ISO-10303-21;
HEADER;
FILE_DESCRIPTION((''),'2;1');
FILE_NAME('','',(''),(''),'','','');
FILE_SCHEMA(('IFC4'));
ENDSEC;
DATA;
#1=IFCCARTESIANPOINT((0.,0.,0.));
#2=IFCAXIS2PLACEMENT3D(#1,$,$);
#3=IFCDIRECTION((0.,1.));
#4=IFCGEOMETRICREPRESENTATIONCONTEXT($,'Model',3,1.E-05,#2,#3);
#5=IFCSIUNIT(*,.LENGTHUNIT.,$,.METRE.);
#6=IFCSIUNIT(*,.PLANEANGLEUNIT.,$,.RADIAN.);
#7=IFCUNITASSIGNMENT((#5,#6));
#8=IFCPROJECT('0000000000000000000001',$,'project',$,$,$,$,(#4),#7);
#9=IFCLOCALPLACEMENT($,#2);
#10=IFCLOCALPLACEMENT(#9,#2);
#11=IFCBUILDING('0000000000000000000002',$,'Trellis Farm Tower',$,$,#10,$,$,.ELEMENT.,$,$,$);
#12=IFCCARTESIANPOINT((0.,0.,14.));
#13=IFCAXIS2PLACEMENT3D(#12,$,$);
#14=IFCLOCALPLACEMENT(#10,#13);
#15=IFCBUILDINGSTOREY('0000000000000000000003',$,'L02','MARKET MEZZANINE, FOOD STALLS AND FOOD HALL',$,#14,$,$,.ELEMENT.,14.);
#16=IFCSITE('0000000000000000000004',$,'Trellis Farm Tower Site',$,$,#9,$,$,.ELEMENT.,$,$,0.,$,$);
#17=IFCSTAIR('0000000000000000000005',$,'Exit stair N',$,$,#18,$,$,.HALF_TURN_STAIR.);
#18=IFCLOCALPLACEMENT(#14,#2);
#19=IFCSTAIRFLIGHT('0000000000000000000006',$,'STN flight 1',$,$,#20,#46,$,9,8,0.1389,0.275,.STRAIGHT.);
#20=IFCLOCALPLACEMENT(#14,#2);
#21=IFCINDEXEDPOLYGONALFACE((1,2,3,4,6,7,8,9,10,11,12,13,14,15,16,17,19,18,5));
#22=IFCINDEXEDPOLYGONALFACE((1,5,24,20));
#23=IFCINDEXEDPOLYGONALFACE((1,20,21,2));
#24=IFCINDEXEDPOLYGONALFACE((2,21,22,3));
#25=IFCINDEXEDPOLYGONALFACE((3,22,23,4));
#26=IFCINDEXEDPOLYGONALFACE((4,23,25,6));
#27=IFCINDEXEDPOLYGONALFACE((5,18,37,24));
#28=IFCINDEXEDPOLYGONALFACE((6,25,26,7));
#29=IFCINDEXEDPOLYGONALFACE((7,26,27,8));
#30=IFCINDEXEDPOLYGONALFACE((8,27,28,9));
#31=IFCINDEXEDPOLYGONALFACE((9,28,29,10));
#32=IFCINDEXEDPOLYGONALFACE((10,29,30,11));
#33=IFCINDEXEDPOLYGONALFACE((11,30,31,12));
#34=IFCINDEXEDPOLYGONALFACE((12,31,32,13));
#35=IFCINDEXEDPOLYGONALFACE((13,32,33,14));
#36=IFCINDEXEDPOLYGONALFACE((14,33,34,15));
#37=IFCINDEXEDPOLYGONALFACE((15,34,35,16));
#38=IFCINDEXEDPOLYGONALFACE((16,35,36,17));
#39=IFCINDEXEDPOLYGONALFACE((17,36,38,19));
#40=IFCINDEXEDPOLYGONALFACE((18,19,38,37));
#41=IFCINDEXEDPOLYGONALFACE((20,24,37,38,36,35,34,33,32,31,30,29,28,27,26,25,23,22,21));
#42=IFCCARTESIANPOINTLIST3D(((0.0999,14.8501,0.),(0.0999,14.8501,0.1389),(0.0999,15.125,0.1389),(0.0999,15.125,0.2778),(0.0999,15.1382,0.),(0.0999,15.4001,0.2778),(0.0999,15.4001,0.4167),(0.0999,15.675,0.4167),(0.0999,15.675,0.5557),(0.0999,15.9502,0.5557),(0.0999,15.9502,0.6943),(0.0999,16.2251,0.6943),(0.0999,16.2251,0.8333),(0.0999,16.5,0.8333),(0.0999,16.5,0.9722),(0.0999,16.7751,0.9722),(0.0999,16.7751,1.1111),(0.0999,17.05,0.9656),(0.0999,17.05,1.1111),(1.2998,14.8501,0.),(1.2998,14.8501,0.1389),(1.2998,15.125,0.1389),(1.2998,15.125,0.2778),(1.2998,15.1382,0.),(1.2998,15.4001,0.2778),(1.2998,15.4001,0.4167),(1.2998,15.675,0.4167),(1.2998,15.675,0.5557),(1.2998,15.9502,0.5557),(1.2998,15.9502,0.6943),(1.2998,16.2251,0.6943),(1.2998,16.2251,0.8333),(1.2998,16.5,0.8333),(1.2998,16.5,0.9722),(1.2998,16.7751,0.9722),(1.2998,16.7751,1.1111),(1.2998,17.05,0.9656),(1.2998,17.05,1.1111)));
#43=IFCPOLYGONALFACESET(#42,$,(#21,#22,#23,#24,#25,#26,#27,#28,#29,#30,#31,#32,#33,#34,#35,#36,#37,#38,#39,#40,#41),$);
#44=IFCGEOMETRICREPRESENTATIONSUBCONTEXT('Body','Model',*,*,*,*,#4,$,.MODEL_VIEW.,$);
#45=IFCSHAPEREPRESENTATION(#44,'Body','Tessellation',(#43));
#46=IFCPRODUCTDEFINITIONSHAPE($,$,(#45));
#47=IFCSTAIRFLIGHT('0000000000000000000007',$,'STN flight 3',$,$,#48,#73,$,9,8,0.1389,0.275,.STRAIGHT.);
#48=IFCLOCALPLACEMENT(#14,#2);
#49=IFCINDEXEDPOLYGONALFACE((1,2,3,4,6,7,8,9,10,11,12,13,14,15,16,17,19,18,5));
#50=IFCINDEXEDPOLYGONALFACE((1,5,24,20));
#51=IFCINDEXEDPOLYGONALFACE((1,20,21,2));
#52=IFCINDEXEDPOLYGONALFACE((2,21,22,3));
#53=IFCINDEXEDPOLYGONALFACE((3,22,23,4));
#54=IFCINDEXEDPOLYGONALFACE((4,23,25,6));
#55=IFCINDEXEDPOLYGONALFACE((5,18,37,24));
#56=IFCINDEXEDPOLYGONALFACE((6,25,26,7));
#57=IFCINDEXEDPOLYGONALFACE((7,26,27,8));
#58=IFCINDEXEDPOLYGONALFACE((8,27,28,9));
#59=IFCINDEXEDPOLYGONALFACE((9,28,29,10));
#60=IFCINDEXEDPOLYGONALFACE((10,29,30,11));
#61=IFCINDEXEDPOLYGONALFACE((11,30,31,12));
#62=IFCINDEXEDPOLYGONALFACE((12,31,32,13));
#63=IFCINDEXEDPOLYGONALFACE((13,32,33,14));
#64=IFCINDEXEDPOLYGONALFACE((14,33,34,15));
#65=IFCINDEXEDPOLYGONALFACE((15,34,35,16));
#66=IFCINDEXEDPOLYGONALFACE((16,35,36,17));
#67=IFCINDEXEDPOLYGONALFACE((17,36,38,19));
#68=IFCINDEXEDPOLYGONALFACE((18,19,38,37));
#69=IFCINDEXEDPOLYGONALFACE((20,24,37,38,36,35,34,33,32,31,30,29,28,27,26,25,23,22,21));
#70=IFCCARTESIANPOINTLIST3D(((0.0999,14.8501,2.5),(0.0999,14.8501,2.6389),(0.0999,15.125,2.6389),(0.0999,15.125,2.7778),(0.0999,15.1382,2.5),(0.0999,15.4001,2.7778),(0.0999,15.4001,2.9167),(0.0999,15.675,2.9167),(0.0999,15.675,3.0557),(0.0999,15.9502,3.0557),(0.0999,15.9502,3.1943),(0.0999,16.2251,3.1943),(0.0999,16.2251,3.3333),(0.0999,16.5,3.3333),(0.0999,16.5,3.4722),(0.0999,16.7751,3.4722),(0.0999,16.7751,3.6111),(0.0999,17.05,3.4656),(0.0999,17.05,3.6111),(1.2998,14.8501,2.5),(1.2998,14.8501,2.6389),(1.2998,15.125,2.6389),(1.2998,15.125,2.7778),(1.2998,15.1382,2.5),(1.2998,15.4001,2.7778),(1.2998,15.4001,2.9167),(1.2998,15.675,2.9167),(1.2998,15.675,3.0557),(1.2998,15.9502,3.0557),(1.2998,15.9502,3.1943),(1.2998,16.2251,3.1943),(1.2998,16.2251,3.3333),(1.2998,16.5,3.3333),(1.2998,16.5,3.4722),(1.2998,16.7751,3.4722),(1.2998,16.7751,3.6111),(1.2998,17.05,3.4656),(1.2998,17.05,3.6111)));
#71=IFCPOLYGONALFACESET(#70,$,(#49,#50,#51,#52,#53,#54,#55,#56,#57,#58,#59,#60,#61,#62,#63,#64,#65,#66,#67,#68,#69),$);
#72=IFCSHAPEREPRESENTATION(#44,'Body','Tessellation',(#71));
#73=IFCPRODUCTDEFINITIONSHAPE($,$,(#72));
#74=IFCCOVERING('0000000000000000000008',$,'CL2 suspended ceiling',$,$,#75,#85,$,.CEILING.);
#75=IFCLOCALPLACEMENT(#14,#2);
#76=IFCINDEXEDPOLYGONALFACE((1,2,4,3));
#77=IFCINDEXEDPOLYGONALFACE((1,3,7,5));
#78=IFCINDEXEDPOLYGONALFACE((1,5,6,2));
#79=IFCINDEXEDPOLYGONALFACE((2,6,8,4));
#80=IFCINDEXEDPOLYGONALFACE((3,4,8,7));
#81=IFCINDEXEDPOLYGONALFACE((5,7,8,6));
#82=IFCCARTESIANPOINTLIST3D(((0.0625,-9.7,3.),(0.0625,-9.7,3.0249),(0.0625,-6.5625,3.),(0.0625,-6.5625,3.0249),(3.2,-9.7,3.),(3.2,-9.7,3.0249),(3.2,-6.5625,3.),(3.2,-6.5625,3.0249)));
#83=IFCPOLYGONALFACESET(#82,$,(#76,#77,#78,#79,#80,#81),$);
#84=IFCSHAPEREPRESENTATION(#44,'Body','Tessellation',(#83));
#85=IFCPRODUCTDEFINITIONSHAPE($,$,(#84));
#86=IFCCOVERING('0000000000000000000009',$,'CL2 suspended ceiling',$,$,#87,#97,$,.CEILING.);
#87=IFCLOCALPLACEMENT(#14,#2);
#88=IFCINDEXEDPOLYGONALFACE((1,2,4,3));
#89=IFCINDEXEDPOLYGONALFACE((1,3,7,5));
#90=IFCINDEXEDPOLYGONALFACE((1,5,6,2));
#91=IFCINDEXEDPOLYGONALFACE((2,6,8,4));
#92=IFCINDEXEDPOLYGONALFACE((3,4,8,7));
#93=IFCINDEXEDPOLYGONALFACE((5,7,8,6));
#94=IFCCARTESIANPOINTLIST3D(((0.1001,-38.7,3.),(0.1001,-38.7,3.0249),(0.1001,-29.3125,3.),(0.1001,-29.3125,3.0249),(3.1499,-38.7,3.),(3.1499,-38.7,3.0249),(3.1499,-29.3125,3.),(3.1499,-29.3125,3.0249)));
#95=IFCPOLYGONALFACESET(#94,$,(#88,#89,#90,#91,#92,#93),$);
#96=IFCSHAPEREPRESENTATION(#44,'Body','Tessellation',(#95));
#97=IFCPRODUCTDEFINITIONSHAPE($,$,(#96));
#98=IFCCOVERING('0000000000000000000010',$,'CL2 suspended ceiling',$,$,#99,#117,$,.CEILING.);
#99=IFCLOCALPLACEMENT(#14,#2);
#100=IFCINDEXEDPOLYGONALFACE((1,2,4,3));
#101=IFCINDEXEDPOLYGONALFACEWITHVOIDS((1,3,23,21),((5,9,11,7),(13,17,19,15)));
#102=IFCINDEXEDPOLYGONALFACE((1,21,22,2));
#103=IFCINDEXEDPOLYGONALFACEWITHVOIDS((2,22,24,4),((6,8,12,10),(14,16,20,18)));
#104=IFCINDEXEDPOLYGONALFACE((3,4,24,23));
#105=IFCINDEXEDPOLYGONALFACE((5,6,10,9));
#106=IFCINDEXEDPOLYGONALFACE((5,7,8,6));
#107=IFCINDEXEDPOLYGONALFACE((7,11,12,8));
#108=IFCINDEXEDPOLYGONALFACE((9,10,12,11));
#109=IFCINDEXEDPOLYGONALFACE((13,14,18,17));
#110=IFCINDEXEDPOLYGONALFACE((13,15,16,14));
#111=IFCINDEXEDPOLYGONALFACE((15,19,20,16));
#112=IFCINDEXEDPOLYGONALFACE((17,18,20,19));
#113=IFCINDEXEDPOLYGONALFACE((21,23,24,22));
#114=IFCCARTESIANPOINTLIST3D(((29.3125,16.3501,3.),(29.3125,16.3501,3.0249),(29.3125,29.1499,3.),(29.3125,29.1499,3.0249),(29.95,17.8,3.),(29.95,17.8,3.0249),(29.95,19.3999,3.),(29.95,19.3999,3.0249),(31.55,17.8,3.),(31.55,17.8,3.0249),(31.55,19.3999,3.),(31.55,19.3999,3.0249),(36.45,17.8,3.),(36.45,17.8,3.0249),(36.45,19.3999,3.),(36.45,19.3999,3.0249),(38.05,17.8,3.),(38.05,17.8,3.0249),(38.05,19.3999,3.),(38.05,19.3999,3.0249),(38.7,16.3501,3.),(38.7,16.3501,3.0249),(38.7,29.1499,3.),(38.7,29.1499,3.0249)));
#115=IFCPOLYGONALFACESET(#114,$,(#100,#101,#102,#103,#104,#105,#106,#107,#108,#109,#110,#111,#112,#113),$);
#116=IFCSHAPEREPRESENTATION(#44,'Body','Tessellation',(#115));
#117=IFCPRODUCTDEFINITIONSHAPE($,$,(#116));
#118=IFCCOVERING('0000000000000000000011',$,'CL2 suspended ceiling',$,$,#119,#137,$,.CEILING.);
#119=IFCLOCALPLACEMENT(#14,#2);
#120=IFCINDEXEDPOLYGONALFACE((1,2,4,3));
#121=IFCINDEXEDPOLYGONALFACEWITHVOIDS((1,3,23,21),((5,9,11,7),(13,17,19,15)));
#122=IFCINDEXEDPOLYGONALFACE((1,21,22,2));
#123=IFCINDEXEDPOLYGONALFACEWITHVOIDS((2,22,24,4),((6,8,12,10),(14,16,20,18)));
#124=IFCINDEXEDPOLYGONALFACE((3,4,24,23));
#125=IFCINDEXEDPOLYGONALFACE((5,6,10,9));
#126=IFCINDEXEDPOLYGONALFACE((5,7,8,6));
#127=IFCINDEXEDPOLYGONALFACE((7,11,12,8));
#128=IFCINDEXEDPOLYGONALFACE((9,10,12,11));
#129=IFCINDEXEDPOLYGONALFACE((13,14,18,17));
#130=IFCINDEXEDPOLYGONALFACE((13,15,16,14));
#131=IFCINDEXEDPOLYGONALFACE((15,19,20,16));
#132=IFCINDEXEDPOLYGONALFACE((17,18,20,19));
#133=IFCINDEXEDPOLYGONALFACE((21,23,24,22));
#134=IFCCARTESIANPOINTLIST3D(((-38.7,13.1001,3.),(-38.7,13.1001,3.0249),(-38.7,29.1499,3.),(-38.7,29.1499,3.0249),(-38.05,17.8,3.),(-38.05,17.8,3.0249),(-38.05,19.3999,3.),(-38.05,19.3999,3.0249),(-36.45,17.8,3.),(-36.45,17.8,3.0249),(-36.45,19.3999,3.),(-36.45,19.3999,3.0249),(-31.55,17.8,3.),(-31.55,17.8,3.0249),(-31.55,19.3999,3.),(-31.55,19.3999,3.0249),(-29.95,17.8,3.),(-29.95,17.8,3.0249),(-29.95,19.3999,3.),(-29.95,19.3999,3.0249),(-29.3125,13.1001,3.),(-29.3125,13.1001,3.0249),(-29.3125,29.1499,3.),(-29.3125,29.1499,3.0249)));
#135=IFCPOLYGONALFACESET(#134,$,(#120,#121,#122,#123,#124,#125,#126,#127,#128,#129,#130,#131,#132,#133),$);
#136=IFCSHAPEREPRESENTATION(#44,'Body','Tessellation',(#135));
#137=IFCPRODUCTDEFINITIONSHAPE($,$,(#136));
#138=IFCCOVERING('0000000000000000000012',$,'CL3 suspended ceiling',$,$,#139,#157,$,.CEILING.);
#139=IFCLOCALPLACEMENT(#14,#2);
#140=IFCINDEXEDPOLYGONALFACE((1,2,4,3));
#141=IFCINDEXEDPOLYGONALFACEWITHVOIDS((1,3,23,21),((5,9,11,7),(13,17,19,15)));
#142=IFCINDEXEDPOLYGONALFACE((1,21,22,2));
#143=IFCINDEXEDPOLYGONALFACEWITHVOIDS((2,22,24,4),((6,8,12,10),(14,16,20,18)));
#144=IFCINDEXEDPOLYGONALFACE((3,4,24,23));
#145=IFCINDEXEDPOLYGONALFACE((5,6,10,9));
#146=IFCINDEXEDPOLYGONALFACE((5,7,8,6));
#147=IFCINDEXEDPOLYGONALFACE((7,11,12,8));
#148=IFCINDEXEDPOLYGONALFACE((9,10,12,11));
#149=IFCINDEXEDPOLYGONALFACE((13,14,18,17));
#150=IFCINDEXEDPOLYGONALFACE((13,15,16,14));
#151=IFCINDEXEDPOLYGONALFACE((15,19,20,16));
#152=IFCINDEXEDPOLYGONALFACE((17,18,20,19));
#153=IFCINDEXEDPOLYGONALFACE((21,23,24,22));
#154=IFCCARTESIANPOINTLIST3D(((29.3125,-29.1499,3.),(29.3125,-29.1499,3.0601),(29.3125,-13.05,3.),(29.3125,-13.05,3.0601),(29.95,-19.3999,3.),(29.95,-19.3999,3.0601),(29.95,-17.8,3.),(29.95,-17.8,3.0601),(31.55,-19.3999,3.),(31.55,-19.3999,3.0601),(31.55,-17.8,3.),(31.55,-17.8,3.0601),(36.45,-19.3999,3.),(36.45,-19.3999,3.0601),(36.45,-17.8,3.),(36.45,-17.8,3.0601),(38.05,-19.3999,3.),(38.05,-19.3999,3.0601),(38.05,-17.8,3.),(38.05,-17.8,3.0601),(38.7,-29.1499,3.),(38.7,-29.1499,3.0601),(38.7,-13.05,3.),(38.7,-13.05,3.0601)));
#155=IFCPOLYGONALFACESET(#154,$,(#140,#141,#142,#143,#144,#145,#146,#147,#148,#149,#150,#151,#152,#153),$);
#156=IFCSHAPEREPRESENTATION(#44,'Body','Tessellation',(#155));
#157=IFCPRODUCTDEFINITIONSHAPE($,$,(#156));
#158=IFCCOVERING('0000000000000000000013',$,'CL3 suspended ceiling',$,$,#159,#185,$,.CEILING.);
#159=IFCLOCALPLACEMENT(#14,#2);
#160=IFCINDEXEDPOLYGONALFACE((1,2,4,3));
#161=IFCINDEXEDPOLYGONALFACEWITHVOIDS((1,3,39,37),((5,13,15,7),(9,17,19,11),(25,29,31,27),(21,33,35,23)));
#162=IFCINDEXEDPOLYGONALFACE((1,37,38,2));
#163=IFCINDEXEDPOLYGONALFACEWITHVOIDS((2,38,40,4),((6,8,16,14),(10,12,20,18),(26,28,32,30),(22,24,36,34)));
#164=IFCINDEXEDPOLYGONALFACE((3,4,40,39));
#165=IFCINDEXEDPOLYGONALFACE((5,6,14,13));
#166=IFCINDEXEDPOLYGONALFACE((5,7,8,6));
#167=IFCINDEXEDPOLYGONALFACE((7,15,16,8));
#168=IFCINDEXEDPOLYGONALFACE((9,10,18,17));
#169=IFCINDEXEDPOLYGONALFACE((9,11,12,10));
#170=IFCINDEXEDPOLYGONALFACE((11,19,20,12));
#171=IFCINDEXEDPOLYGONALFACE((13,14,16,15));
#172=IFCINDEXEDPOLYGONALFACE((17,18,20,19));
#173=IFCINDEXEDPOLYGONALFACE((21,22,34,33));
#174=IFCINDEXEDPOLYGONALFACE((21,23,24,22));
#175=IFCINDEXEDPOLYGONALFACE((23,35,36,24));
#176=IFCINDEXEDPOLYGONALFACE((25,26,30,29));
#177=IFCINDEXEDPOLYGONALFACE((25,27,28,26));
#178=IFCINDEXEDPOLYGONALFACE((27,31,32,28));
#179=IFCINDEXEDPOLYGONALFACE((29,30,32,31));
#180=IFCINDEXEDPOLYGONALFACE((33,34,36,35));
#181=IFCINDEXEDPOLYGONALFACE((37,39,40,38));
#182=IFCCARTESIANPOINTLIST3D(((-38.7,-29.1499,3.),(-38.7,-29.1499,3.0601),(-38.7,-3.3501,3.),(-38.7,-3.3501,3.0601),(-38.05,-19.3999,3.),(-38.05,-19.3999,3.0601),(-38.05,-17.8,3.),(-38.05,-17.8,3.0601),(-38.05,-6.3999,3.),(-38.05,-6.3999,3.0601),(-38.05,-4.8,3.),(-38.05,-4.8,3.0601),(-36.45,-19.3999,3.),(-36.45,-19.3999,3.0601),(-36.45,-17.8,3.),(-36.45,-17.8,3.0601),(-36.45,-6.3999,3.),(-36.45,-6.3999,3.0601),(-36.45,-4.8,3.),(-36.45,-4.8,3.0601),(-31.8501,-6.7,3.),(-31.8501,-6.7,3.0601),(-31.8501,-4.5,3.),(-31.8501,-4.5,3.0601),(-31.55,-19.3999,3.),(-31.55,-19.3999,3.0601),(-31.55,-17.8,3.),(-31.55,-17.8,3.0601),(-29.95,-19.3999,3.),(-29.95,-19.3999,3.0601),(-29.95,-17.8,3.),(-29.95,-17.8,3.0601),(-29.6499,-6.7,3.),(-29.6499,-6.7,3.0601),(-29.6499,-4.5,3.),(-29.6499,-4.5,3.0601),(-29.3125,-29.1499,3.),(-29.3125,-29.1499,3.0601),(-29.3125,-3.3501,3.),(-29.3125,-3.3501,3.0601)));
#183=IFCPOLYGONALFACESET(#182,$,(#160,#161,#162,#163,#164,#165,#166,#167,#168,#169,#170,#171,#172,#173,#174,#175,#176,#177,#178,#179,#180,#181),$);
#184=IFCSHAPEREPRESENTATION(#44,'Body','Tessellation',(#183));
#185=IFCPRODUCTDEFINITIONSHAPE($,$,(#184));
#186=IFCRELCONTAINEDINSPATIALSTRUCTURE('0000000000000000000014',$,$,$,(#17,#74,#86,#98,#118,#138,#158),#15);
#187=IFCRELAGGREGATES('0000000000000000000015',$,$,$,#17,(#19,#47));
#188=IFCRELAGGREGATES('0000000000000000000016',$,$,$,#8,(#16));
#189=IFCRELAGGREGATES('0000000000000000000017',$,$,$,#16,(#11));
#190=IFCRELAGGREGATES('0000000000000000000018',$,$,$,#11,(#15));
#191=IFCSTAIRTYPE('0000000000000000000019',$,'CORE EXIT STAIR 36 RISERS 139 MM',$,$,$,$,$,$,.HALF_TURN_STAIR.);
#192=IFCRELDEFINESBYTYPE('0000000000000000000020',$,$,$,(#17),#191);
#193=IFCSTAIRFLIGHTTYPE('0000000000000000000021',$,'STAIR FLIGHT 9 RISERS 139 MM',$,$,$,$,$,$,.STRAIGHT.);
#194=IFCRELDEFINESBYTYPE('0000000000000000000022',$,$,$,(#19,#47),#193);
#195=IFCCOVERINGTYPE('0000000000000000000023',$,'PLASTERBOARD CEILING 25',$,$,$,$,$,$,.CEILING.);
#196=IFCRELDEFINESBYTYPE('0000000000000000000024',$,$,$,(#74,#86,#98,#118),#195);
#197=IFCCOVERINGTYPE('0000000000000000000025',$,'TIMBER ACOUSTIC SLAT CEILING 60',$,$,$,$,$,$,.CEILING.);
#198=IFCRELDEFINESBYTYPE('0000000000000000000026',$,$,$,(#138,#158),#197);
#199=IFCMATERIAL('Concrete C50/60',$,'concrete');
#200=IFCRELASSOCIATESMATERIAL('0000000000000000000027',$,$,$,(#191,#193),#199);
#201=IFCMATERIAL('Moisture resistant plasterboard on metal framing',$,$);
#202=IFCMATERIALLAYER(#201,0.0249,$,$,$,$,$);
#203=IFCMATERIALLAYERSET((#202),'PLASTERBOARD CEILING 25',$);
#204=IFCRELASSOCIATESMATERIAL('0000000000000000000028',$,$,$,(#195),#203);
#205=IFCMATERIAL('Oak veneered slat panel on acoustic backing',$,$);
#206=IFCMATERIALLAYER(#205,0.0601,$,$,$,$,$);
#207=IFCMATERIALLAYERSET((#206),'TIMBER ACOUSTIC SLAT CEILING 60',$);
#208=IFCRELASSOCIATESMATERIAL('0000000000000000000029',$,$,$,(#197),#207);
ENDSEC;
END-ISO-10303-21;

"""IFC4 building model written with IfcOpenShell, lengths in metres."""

from ifc_helpers import new_model, si_unit, direction, frame, origin, place, context, subcontext, project, spatial, polyline, outline, extrude, source, transform, mapped, material, layer, layer_set, type_object, element, aggregate, save


model = new_model("IFC4")

# Units and contexts
model_context = context("Model", 3, precision=1e-05, world=origin(), true_north=direction((0.0, 1.0)))
body_context = subcontext(model_context, "Body", "Model", "MODEL_VIEW")
ifc_project = project(units=[si_unit("LENGTHUNIT", "METRE"), si_unit("PLANEANGLEUNIT", "RADIAN")], contexts=[model_context])

# Site, building, storey
site_placement = place(None, origin())
site = spatial("IfcSite", under=ifc_project, at=site_placement, Name="Trellis Farm Tower Site", CompositionType="ELEMENT", RefElevation=0.0)
building_placement = place(site_placement, origin())
building = spatial("IfcBuilding", under=site, at=building_placement, Name="Trellis Farm Tower", CompositionType="ELEMENT")
storey_placement = place(building_placement, frame((0.0, 0.0, 14.0)))
storey = spatial("IfcBuildingStorey", under=building, at=storey_placement, Name="L02", Description="MARKET MEZZANINE, FOOD STALLS AND FOOD HALL", CompositionType="ELEMENT", Elevation=14.0)

# Stair, stair flights
ifc_material_1 = material(Name="Concrete C50/60", Category="concrete")
stair_type = type_object("IfcStairType", Name="CORE EXIT STAIR 36 RISERS 139 MM", PredefinedType="HALF_TURN_STAIR", material=ifc_material_1)
stair_placement = place(storey_placement, origin())
stair = element("IfcStair", 1, at=stair_placement, inside=storey, type_object=stair_type, Name="Exit stair N", PredefinedType="HALF_TURN_STAIR")
stair_flight_type = type_object("IfcStairFlightType", Name="STAIR FLIGHT 9 RISERS 139 MM", PredefinedType="STRAIGHT", material=ifc_material_1)
shared_shape_1 = source(origin(), body_context, "Body", "SweptSolid", [
    extrude(outline(polyline([(0.0, 0.0), (0.0, 0.1389), (0.2749, 0.1389), (0.2749, 0.2778), (0.55, 0.2778), (0.55, 0.4167), (0.825, 0.4167), (0.825, 0.5557), (1.1001, 0.5557), (1.1001, 0.6943), (1.375, 0.6943), (1.375, 0.8333), (1.6499, 0.8333), (1.6499, 0.9722), (1.925, 0.9722), (1.925, 1.1111), (2.2, 1.1111), (2.2, 1.25), (2.2, 0.9656), (0.2881, 0.0), (0.0, 0.0)])), frame((0.0, 0.6001, 0.0), z_axis=(0.0, -1.0, 0.0), x_axis=(1.0, 0.0, 0.0)), (0.0, 0.0, 1.0), 1.2),
])
stair_flight_1_placement = place(storey_placement, frame((0.7, 14.8501, 0.0), z_axis=(0.0, 0.0, 1.0), x_axis=(0.0, 1.0, 0.0)))
stair_flight_1 = element("IfcStairFlight", 2, at=stair_flight_1_placement, type_object=stair_flight_type, Name="STN flight 1", NumberOfRisers=9, NumberOfTreads=8, PredefinedType="STRAIGHT", RiserHeight=0.1389, TreadLength=0.275, context=body_context, shape_type="MappedRepresentation", body=[
    mapped(shared_shape_1, transform((0.0, 0.0, 0.0))),
])
stair_flight_2_placement = place(storey_placement, frame((0.7, 14.8501, 2.5), z_axis=(0.0, 0.0, 1.0), x_axis=(0.0, 1.0, 0.0)))
stair_flight_2 = element("IfcStairFlight", 3, at=stair_flight_2_placement, type_object=stair_flight_type, Name="STN flight 3", NumberOfRisers=9, NumberOfTreads=8, PredefinedType="STRAIGHT", RiserHeight=0.1389, TreadLength=0.275, context=body_context, shape_type="MappedRepresentation", body=[
    mapped(shared_shape_1, transform((0.0, 0.0, 0.0))),
])
aggregate(stair, [stair_flight_1, stair_flight_2])

# Coverings
ifc_material_2 = material(Name="Moisture resistant plasterboard on metal framing")
ifc_layer_1 = layer(ifc_material_2, 0.0249)
ifc_layer_set_1 = layer_set([ifc_layer_1], Name="PLASTERBOARD CEILING 25")
covering_type_1 = type_object("IfcCoveringType", Name="PLASTERBOARD CEILING 25", PredefinedType="CEILING", material=ifc_layer_set_1)
placement = place(storey_placement, frame((0.0, 0.0, 3.0)))
element("IfcCovering", 4, at=placement, inside=storey, type_object=covering_type_1, Name="CL2 suspended ceiling", PredefinedType="CEILING", context=body_context, shape_type="SweptSolid", body=[
    extrude(outline(polyline([(3.2, -9.7), (0.0625, -9.7), (0.0625, -6.5625), (3.2, -6.5625), (3.2, -9.7)])), origin(), (0.0, 0.0, 1.0), 0.0249),
])
element("IfcCovering", 5, at=placement, inside=storey, type_object=covering_type_1, Name="CL2 suspended ceiling", PredefinedType="CEILING", context=body_context, shape_type="SweptSolid", body=[
    extrude(outline(polyline([(0.1001, -29.3125), (3.1499, -29.3125), (3.1499, -38.7), (0.1001, -38.7), (0.1001, -29.3125)])), origin(), (0.0, 0.0, 1.0), 0.0249),
])
element("IfcCovering", 6, at=placement, inside=storey, type_object=covering_type_1, Name="CL2 suspended ceiling", PredefinedType="CEILING", context=body_context, shape_type="SweptSolid", body=[
    extrude(outline(polyline([(29.3125, 16.3501), (29.3125, 29.1499), (38.7, 29.1499), (38.7, 16.3501), (29.3125, 16.3501)]), holes=[polyline([(29.95, 17.8), (31.55, 17.8), (31.55, 19.3999), (29.95, 19.3999), (29.95, 17.8)]), polyline([(36.45, 17.8), (38.05, 17.8), (38.05, 19.3999), (36.45, 19.3999), (36.45, 17.8)])]), origin(), (0.0, 0.0, 1.0), 0.0249),
])
element("IfcCovering", 7, at=placement, inside=storey, type_object=covering_type_1, Name="CL2 suspended ceiling", PredefinedType="CEILING", context=body_context, shape_type="SweptSolid", body=[
    extrude(outline(polyline([(-29.3125, 29.1499), (-29.3125, 13.1001), (-38.7, 13.1001), (-38.7, 29.1499), (-29.3125, 29.1499)]), holes=[polyline([(-38.05, 17.8), (-36.45, 17.8), (-36.45, 19.3999), (-38.05, 19.3999), (-38.05, 17.8)]), polyline([(-31.55, 17.8), (-29.95, 17.8), (-29.95, 19.3999), (-31.55, 19.3999), (-31.55, 17.8)])]), origin(), (0.0, 0.0, 1.0), 0.0249),
])
ifc_material_3 = material(Name="Oak veneered slat panel on acoustic backing")
ifc_layer_2 = layer(ifc_material_3, 0.0601)
ifc_layer_set_2 = layer_set([ifc_layer_2], Name="TIMBER ACOUSTIC SLAT CEILING 60")
covering_type_2 = type_object("IfcCoveringType", Name="TIMBER ACOUSTIC SLAT CEILING 60", PredefinedType="CEILING", material=ifc_layer_set_2)
element("IfcCovering", 8, at=placement, inside=storey, type_object=covering_type_2, Name="CL3 suspended ceiling", PredefinedType="CEILING", context=body_context, shape_type="SweptSolid", body=[
    extrude(outline(polyline([(29.3125, -29.1499), (29.3125, -13.05), (38.7, -13.05), (38.7, -29.1499), (29.3125, -29.1499)]), holes=[polyline([(29.95, -19.3999), (31.55, -19.3999), (31.55, -17.8), (29.95, -17.8), (29.95, -19.3999)]), polyline([(36.45, -19.3999), (38.05, -19.3999), (38.05, -17.8), (36.45, -17.8), (36.45, -19.3999)])]), origin(), (0.0, 0.0, 1.0), 0.0601),
])
element("IfcCovering", 9, at=placement, inside=storey, type_object=covering_type_2, Name="CL3 suspended ceiling", PredefinedType="CEILING", context=body_context, shape_type="SweptSolid", body=[
    extrude(outline(polyline([(-29.3125, -3.3501), (-29.3125, -29.1499), (-38.7, -29.1499), (-38.7, -3.3501), (-29.3125, -3.3501)]), holes=[polyline([(-31.55, -19.3999), (-29.95, -19.3999), (-29.95, -17.8), (-31.55, -17.8), (-31.55, -19.3999)]), polyline([(-38.05, -19.3999), (-36.45, -19.3999), (-36.45, -17.8), (-38.05, -17.8), (-38.05, -19.3999)]), polyline([(-38.05, -6.3999), (-36.45, -6.3999), (-36.45, -4.8), (-38.05, -4.8), (-38.05, -6.3999)]), polyline([(-31.8501, -6.7), (-29.6499, -6.7), (-29.6499, -4.5), (-31.8501, -4.5), (-31.8501, -6.7)])]), origin(), (0.0, 0.0, 1.0), 0.0601),
])

save(model, "model.ifc")
